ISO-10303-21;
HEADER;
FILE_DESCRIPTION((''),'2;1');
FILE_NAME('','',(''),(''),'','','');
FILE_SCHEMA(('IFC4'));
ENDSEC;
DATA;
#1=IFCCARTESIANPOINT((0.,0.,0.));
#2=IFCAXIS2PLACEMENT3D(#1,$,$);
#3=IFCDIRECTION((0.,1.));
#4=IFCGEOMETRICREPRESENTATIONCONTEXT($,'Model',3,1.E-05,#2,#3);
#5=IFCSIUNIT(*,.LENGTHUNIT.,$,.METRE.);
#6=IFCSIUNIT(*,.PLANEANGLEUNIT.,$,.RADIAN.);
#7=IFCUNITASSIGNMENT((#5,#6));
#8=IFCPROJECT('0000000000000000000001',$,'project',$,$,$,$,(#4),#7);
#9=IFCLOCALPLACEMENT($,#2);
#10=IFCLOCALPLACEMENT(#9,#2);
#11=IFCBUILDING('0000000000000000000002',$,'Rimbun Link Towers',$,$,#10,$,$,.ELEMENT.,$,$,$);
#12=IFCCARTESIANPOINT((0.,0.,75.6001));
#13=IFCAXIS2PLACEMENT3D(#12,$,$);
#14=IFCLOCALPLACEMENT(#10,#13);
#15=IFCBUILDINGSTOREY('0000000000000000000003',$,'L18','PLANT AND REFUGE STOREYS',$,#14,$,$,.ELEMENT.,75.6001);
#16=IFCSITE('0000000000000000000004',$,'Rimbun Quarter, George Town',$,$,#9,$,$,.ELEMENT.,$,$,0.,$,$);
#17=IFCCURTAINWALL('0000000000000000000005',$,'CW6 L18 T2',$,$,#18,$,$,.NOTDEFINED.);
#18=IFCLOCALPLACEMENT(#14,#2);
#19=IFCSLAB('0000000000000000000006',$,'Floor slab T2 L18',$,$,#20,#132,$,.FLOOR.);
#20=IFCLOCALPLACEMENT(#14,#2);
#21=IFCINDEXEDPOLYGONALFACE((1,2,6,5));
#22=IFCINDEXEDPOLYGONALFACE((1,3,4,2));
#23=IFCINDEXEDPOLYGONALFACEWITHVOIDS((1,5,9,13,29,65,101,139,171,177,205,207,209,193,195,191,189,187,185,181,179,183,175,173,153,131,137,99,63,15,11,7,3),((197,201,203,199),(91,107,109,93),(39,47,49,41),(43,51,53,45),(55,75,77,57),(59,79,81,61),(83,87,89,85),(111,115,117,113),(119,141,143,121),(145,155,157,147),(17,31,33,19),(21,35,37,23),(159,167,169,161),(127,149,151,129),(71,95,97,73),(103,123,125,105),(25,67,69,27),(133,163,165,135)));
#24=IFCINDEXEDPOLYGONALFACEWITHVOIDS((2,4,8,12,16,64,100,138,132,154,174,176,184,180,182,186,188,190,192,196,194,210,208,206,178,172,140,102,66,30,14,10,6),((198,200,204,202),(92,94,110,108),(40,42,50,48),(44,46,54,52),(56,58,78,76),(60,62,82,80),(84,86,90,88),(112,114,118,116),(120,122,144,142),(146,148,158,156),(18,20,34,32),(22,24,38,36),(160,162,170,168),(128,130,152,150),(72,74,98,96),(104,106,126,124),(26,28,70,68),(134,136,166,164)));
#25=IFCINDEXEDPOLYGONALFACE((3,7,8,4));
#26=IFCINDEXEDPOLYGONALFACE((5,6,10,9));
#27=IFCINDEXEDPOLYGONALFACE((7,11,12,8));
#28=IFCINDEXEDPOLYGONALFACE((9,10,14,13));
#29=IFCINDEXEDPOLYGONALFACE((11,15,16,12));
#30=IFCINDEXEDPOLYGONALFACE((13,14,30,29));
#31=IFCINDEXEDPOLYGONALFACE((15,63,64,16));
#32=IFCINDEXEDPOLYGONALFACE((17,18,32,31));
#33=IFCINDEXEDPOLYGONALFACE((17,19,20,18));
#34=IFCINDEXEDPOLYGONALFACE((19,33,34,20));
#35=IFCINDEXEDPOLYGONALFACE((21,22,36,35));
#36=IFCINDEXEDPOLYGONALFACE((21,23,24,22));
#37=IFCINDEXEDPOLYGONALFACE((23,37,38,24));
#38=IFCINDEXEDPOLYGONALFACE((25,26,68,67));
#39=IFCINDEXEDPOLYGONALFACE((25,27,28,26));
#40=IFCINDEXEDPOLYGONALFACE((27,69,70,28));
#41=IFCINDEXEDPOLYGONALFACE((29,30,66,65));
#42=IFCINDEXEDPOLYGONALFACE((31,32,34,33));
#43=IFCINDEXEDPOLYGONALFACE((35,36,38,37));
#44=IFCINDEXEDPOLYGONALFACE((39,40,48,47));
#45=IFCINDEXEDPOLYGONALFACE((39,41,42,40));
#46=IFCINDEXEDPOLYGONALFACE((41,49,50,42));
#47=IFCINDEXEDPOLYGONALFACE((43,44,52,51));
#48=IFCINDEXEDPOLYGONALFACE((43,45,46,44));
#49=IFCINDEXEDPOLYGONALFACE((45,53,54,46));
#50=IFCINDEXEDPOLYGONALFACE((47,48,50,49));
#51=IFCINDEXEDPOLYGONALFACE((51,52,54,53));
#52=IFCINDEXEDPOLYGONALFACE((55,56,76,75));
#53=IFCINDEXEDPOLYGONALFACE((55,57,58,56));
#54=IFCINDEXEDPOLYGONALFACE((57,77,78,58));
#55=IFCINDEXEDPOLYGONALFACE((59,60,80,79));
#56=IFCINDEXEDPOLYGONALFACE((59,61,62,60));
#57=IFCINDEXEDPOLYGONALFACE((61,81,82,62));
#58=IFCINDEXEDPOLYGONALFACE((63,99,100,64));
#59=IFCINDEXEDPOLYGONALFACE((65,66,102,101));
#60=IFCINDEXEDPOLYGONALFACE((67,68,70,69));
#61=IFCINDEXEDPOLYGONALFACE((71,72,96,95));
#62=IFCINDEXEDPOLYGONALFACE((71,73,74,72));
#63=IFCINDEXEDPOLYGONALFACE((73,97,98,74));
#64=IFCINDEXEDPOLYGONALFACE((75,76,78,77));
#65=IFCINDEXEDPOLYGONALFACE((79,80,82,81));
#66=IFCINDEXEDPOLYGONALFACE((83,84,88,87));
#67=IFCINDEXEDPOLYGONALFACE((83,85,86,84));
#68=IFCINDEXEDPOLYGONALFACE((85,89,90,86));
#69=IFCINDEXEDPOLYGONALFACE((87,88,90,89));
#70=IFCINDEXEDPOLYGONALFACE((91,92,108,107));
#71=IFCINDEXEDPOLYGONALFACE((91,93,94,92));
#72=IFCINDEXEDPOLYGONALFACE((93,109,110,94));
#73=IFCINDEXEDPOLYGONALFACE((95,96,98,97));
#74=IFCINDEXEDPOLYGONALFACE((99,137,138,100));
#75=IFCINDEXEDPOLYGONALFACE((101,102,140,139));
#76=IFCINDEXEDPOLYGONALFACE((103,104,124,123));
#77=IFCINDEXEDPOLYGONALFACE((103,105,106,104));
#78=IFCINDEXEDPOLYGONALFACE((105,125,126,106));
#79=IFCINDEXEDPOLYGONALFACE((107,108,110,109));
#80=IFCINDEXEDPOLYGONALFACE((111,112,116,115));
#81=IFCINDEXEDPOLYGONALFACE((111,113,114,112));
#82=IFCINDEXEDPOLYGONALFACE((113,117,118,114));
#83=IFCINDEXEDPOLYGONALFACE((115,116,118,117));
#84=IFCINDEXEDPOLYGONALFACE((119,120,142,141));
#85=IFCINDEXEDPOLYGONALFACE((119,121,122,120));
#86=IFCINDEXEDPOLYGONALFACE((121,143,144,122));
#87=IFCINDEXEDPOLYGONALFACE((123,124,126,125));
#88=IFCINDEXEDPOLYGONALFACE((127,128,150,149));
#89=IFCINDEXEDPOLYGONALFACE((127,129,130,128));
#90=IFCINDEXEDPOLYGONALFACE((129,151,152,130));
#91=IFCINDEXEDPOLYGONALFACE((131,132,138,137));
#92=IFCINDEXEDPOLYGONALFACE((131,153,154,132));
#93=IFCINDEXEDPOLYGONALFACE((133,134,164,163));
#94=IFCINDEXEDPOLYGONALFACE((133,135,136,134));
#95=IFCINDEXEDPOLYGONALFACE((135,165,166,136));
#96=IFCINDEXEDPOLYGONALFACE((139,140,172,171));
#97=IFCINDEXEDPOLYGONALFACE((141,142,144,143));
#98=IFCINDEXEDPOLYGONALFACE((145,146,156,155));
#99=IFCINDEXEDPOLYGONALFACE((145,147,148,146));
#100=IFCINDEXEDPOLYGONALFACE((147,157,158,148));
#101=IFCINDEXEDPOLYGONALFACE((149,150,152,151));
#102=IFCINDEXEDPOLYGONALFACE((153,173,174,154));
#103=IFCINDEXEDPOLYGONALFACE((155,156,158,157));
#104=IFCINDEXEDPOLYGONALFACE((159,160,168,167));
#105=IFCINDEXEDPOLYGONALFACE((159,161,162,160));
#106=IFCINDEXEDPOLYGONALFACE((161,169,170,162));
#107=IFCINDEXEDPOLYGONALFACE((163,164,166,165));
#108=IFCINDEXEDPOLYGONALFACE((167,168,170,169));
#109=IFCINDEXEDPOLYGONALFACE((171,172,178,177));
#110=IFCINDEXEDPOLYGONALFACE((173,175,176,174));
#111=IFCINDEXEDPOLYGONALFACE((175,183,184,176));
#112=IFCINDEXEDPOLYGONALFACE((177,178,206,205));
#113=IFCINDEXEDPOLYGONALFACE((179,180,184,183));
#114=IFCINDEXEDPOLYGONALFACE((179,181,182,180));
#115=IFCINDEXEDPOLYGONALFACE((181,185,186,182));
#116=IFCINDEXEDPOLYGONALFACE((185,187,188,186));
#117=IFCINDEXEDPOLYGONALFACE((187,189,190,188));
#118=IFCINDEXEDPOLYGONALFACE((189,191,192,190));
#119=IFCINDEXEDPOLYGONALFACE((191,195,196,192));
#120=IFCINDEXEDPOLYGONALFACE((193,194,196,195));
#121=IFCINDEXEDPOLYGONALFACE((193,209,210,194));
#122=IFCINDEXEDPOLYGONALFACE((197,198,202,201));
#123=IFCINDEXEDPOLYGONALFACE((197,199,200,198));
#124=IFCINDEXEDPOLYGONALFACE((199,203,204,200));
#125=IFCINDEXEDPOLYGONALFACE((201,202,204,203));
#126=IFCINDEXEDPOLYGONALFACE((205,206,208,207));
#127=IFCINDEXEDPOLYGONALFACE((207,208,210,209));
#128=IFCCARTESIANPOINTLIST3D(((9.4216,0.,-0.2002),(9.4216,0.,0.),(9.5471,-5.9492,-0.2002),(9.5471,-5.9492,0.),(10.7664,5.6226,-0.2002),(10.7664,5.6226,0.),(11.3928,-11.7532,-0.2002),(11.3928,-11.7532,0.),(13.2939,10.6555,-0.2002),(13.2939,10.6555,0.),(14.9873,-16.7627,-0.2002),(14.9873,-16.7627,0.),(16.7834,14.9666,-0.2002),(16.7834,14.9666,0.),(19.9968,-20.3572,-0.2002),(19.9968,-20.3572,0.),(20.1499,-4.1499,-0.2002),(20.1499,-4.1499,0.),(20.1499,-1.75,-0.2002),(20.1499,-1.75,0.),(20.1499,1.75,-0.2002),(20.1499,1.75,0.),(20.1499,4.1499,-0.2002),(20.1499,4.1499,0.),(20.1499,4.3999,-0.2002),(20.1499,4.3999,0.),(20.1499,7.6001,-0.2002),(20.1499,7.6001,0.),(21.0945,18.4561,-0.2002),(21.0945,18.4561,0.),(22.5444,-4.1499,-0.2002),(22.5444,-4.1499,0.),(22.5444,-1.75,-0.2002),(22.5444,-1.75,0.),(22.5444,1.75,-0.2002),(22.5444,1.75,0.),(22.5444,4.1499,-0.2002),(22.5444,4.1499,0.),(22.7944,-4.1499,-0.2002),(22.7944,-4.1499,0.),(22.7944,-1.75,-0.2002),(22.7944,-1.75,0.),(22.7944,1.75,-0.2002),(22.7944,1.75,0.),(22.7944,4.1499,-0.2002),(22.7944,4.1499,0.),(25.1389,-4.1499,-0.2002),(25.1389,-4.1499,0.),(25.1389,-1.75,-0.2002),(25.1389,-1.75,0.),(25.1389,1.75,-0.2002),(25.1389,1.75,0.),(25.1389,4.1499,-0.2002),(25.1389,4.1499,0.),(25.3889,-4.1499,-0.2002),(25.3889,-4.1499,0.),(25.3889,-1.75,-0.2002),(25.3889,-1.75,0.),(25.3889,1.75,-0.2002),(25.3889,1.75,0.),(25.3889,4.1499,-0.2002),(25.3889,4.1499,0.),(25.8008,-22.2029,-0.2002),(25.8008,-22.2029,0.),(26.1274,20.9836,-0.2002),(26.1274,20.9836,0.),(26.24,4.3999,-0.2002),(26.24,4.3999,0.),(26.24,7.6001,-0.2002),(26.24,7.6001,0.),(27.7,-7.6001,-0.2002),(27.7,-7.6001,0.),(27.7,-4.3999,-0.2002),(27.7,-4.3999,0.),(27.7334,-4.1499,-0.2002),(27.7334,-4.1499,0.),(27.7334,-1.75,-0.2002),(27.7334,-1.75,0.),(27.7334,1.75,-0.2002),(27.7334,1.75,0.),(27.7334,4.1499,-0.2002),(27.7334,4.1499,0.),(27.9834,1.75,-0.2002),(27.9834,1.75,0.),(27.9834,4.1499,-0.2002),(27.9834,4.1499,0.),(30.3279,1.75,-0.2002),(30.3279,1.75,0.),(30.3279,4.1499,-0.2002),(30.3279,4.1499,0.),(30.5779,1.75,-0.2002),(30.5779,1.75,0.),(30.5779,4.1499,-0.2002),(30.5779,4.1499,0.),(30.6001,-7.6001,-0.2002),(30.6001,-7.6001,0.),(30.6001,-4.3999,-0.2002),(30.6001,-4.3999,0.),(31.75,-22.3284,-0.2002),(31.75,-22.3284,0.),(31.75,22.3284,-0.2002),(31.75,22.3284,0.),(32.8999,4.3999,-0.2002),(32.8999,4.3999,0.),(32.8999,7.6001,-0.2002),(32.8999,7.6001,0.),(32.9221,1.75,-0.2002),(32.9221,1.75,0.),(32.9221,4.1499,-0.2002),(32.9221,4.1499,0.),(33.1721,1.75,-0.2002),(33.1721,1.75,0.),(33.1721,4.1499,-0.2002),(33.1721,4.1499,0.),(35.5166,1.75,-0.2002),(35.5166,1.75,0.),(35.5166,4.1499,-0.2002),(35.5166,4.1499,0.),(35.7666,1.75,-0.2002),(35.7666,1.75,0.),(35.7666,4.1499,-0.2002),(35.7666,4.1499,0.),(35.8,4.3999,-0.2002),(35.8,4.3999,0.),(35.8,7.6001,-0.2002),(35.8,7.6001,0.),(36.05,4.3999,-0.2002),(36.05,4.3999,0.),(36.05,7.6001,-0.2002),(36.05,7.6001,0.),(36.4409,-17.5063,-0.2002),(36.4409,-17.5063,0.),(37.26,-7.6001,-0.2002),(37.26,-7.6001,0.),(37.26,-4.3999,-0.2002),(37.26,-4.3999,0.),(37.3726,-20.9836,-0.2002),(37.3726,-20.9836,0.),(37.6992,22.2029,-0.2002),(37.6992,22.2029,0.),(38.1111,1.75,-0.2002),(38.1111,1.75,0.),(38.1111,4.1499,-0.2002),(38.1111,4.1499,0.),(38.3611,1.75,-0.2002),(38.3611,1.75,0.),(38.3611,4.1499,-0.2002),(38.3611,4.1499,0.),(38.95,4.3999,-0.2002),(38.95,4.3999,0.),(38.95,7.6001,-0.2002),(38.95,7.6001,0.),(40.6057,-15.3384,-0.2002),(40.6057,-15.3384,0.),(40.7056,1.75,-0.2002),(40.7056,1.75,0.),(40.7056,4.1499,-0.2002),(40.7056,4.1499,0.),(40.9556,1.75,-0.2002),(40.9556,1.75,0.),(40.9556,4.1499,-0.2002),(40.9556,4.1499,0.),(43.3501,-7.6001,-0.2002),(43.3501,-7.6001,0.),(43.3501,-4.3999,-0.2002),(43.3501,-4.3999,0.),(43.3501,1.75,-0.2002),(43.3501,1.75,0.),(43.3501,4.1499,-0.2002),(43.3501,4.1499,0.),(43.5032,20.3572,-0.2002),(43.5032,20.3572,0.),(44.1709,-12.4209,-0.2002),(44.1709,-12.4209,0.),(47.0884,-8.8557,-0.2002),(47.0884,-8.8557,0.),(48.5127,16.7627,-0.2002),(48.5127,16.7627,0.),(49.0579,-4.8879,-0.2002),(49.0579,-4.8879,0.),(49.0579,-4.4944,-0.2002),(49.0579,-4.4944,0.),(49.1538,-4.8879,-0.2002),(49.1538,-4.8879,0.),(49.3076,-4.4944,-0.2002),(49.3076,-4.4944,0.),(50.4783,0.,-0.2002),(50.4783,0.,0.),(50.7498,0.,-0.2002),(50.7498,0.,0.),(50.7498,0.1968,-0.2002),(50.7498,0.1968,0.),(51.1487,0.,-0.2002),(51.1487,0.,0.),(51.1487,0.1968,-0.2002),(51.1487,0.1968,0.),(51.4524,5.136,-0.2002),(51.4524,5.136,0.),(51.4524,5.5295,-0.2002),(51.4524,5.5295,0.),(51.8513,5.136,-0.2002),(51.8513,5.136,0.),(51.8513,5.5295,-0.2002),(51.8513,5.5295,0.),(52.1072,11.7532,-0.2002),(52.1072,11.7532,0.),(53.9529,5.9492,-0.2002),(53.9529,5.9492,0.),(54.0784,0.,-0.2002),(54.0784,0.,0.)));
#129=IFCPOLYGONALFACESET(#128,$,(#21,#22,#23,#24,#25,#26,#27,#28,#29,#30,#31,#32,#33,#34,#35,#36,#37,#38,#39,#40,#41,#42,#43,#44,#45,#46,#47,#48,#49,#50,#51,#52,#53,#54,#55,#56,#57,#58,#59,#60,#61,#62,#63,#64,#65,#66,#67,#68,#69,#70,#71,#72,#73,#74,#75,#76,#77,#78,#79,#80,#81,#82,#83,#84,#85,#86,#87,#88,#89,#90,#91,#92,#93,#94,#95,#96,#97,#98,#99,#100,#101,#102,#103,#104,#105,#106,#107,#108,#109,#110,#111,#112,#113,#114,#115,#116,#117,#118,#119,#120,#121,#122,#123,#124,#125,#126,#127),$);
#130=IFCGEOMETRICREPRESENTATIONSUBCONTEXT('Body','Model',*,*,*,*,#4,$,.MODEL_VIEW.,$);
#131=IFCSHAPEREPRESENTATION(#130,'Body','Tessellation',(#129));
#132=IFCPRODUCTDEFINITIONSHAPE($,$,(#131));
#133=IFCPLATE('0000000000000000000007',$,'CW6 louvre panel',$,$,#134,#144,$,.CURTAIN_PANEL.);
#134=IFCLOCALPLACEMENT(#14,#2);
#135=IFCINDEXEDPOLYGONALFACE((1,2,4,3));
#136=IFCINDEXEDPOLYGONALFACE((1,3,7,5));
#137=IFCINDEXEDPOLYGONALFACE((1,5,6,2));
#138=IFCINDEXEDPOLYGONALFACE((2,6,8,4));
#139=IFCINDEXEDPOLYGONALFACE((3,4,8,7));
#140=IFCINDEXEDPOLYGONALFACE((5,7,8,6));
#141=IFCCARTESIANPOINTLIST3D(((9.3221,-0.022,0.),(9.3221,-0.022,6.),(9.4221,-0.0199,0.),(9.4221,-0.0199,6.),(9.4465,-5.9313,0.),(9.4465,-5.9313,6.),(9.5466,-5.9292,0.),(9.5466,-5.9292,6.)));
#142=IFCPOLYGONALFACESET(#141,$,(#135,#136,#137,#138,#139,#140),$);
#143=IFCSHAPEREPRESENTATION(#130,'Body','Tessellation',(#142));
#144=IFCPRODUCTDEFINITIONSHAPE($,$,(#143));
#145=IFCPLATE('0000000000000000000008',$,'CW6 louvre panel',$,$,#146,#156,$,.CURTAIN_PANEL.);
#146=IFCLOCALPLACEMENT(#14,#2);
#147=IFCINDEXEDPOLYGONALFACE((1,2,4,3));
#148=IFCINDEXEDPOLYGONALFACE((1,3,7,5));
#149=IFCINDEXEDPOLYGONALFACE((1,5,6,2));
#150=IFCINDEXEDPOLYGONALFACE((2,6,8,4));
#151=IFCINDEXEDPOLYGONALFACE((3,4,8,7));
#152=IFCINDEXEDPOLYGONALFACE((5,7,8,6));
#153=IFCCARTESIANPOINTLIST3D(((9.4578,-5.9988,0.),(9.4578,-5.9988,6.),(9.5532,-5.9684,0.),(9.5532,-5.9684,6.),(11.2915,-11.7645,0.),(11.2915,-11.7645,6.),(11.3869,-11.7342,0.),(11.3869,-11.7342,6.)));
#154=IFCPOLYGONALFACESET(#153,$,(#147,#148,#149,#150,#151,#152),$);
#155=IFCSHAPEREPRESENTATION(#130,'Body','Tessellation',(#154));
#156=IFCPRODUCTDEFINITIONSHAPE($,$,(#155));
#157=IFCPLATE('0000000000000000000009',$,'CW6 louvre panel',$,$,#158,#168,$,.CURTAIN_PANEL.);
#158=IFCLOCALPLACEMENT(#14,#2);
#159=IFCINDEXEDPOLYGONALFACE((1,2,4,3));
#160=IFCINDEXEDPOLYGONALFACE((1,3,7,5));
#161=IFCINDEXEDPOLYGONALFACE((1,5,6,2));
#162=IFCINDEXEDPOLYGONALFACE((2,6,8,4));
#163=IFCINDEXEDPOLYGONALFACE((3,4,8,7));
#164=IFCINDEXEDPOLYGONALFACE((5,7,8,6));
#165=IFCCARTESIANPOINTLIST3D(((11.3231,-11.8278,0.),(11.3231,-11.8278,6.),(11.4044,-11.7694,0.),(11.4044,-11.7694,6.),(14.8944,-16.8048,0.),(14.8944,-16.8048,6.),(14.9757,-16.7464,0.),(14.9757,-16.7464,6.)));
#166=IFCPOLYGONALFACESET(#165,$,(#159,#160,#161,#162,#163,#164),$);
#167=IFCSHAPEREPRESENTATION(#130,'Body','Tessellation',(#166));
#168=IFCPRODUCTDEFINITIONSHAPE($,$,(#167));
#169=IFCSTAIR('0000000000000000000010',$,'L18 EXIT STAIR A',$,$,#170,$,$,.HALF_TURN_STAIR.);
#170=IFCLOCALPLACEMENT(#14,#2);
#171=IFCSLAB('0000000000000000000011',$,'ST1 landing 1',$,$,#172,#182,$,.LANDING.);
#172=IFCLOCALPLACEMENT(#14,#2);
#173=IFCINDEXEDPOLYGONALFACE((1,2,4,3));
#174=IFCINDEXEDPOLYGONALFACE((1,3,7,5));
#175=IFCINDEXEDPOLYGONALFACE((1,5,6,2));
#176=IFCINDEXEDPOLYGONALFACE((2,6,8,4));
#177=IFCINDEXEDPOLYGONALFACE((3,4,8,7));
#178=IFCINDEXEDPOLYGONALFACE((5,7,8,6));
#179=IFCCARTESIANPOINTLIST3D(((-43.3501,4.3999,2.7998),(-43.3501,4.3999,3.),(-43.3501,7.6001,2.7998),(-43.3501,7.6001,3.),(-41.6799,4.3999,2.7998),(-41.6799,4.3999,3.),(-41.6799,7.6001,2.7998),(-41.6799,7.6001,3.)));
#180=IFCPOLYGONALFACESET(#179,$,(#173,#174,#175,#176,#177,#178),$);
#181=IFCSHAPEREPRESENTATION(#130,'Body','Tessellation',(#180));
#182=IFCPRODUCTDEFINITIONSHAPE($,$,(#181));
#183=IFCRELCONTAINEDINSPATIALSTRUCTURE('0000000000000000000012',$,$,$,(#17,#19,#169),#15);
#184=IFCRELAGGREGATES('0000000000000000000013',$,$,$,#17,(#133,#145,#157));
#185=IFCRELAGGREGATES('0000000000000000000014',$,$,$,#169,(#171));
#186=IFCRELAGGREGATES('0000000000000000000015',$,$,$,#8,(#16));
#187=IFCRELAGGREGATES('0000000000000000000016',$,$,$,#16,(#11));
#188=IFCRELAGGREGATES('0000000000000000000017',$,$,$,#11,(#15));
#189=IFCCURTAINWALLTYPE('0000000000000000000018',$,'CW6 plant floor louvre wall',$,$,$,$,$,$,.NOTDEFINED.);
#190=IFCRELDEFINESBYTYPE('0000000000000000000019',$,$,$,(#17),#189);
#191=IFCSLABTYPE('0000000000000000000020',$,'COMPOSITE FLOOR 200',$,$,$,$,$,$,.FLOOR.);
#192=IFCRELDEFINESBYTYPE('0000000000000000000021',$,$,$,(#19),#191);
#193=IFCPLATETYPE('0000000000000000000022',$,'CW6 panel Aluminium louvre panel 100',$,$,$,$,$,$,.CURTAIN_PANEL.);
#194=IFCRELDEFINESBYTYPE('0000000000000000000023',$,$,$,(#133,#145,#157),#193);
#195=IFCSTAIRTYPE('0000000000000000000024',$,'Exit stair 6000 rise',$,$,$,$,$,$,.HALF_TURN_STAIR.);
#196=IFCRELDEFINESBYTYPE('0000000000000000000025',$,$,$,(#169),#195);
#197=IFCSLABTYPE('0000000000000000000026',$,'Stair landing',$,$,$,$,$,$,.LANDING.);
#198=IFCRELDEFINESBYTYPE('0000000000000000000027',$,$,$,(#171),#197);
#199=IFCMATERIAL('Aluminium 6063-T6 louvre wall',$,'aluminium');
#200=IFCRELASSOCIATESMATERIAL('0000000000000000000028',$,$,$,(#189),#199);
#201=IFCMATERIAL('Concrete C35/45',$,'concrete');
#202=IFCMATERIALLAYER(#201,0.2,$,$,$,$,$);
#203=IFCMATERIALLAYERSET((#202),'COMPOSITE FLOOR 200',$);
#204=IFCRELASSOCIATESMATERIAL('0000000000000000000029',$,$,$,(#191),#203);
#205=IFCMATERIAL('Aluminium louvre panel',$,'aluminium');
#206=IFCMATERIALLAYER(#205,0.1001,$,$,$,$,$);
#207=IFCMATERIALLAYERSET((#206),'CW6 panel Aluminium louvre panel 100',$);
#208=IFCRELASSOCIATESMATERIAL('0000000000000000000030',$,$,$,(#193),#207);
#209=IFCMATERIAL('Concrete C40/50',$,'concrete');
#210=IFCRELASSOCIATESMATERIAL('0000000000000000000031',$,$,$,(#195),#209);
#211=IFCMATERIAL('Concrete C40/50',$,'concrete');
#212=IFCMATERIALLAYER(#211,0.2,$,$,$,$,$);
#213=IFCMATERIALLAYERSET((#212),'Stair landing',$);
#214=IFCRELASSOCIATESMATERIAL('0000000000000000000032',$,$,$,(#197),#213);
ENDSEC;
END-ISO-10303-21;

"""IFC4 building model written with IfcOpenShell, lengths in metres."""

from ifc_helpers import new_model, si_unit, direction, frame, origin, origin_2d, place, context, subcontext, project, spatial, polyline, rectangle, outline, extrude, material, layer, layer_set, type_object, element, aggregate, save


model = new_model("IFC4")

# Units and contexts
model_context = context("Model", 3, precision=1e-05, world=origin(), true_north=direction((0.0, 1.0)))
body_context = subcontext(model_context, "Body", "Model", "MODEL_VIEW")
ifc_project = project(units=[si_unit("LENGTHUNIT", "METRE"), si_unit("PLANEANGLEUNIT", "RADIAN")], contexts=[model_context])

# Site, building, storey
site_placement = place(None, origin())
site = spatial("IfcSite", under=ifc_project, at=site_placement, Name="Rimbun Quarter, George Town", CompositionType="ELEMENT", RefElevation=0.0)
building_placement = place(site_placement, origin())
building = spatial("IfcBuilding", under=site, at=building_placement, Name="Rimbun Link Towers", CompositionType="ELEMENT")
storey_placement = place(building_placement, frame((0.0, 0.0, 75.6001)))
storey = spatial("IfcBuildingStorey", under=building, at=storey_placement, Name="L18", Description="PLANT AND REFUGE STOREYS", CompositionType="ELEMENT", Elevation=75.6001)

# Curtain wall
ifc_material_1 = material(Name="Aluminium 6063-T6 louvre wall", Category="aluminium")
curtain_wall_type = type_object("IfcCurtainWallType", Name="CW6 plant floor louvre wall", PredefinedType="NOTDEFINED", material=ifc_material_1)
curtain_wall_placement = place(storey_placement, origin())
curtain_wall = element("IfcCurtainWall", 1, at=curtain_wall_placement, inside=storey, type_object=curtain_wall_type, Name="CW6 L18 T2", PredefinedType="NOTDEFINED")

# Slab
ifc_material_2 = material(Name="Concrete C35/45", Category="concrete")
ifc_layer_1 = layer(ifc_material_2, 0.2)
ifc_layer_set_1 = layer_set([ifc_layer_1], Name="COMPOSITE FLOOR 200")
slab_type_1 = type_object("IfcSlabType", Name="COMPOSITE FLOOR 200", PredefinedType="FLOOR", material=ifc_layer_set_1)
slab_1_placement = place(storey_placement, frame((0.0, 0.0, -0.2002)))
element("IfcSlab", 2, at=slab_1_placement, inside=storey, type_object=slab_type_1, Name="Floor slab T2 L18", PredefinedType="FLOOR", context=body_context, shape_type="SweptSolid", body=[
    extrude(outline(polyline([(47.0884, -8.8557), (44.1709, -12.4209), (40.6057, -15.3384), (36.4409, -17.5063), (37.3726, -20.9836), (31.75, -22.3284), (25.8008, -22.2029), (19.9968, -20.3572), (14.9873, -16.7627), (11.3928, -11.7532), (9.5471, -5.9492), (9.4216, 0.0), (10.7664, 5.6226), (13.2939, 10.6555), (16.7834, 14.9666), (21.0945, 18.4561), (26.1274, 20.9836), (31.75, 22.3284), (37.6992, 22.2029), (43.5032, 20.3572), (48.5127, 16.7627), (52.1072, 11.7532), (53.9529, 5.9492), (54.0784, 0.0), (51.1487, 0.0), (51.1487, 0.1968), (50.7498, 0.1968), (50.7498, 0.0), (50.4783, 0.0), (49.3076, -4.4944), (49.0579, -4.4944), (49.0579, -4.8879), (49.1538, -4.8879), (47.0884, -8.8557)]), holes=[polyline([(30.6001, -7.6001), (30.6001, -4.3999), (27.7, -4.3999), (27.7, -7.6001), (30.6001, -7.6001)]), polyline([(22.5444, -4.1499), (22.5444, -1.75), (20.1499, -1.75), (20.1499, -4.1499), (22.5444, -4.1499)]), polyline([(25.1389, -4.1499), (25.1389, -1.75), (22.7944, -1.75), (22.7944, -4.1499), (25.1389, -4.1499)]), polyline([(25.3889, -4.1499), (27.7334, -4.1499), (27.7334, -1.75), (25.3889, -1.75), (25.3889, -4.1499)]), polyline([(20.1499, 1.75), (22.5444, 1.75), (22.5444, 4.1499), (20.1499, 4.1499), (20.1499, 1.75)]), polyline([(25.1389, 1.75), (25.1389, 4.1499), (22.7944, 4.1499), (22.7944, 1.75), (25.1389, 1.75)]), polyline([(27.7334, 1.75), (27.7334, 4.1499), (25.3889, 4.1499), (25.3889, 1.75), (27.7334, 1.75)]), polyline([(30.3279, 1.75), (30.3279, 4.1499), (27.9834, 4.1499), (27.9834, 1.75), (30.3279, 1.75)]), polyline([(30.5779, 1.75), (32.9221, 1.75), (32.9221, 4.1499), (30.5779, 4.1499), (30.5779, 1.75)]), polyline([(20.1499, 4.3999), (26.24, 4.3999), (26.24, 7.6001), (20.1499, 7.6001), (20.1499, 4.3999)]), polyline([(43.3501, -7.6001), (43.3501, -4.3999), (37.26, -4.3999), (37.26, -7.6001), (43.3501, -7.6001)]), polyline([(33.1721, 1.75), (35.5166, 1.75), (35.5166, 4.1499), (33.1721, 4.1499), (33.1721, 1.75)]), polyline([(35.7666, 1.75), (38.1111, 1.75), (38.1111, 4.1499), (35.7666, 4.1499), (35.7666, 1.75)]), polyline([(40.7056, 1.75), (40.7056, 4.1499), (38.3611, 4.1499), (38.3611, 1.75), (40.7056, 1.75)]), polyline([(43.3501, 1.75), (43.3501, 4.1499), (40.9556, 4.1499), (40.9556, 1.75), (43.3501, 1.75)]), polyline([(51.8513, 5.136), (51.8513, 5.5295), (51.4524, 5.5295), (51.4524, 5.136), (51.8513, 5.136)]), polyline([(32.8999, 4.3999), (35.8, 4.3999), (35.8, 7.6001), (32.8999, 7.6001), (32.8999, 4.3999)]), polyline([(36.05, 4.3999), (38.95, 4.3999), (38.95, 7.6001), (36.05, 7.6001), (36.05, 4.3999)])]), origin(), (0.0, 0.0, 1.0), 0.2002),
])

# Plates
ifc_material_3 = material(Name="Aluminium louvre panel", Category="aluminium")
ifc_layer_2 = layer(ifc_material_3, 0.1001)
ifc_layer_set_2 = layer_set([ifc_layer_2], Name="CW6 panel Aluminium louvre panel 100")
plate_type = type_object("IfcPlateType", Name="CW6 panel Aluminium louvre panel 100", PredefinedType="CURTAIN_PANEL", material=ifc_layer_set_2)
plate_1_placement = place(storey_placement, frame((9.4343, -2.9756, 0.0), z_axis=(0.0, 0.0, 1.0), x_axis=(-0.021057, 0.999778, 0.0)))
plate_1 = element("IfcPlate", 3, at=plate_1_placement, type_object=plate_type, Name="CW6 louvre panel", PredefinedType="CURTAIN_PANEL", context=body_context, shape_type="SweptSolid", body=[
    extrude(rectangle(XDim=5.9106, YDim=0.1001, at=origin_2d()), origin(), (0.0, 0.0, 1.0), 6.0),
])
plate_2_placement = place(storey_placement, frame((10.4224, -8.8665, 0.0), z_axis=(0.0, 0.0, 1.0), x_axis=(-0.30307, 0.952968, 0.0)))
plate_2 = element("IfcPlate", 4, at=plate_2_placement, type_object=plate_type, Name="CW6 louvre panel", PredefinedType="CURTAIN_PANEL", context=body_context, shape_type="SweptSolid", body=[
    extrude(rectangle(XDim=6.0503, YDim=0.1001, at=origin_2d()), origin(), (0.0, 0.0, 1.0), 6.0),
])
plate_3_placement = place(storey_placement, frame((13.1494, -14.2871, 0.0), z_axis=(0.0, 0.0, 1.0), x_axis=(-0.583004, 0.812469, 0.0)))
plate_3 = element("IfcPlate", 5, at=plate_3_placement, type_object=plate_type, Name="CW6 louvre panel", PredefinedType="CURTAIN_PANEL", context=body_context, shape_type="SweptSolid", body=[
    extrude(rectangle(XDim=6.1257, YDim=0.1001, at=origin_2d()), origin(), (0.0, 0.0, 1.0), 6.0),
])
aggregate(curtain_wall, [plate_1, plate_2, plate_3])

# Stair, slab
ifc_material_4 = material(Name="Concrete C40/50", Category="concrete")
stair_type = type_object("IfcStairType", Name="Exit stair 6000 rise", PredefinedType="HALF_TURN_STAIR", material=ifc_material_4)
stair_1_placement = place(storey_placement, origin())
stair_1 = element("IfcStair", 6, at=stair_1_placement, inside=storey, type_object=stair_type, Name="L18 EXIT STAIR A", PredefinedType="HALF_TURN_STAIR")
ifc_material_5 = material(Name="Concrete C40/50", Category="concrete")
ifc_layer_3 = layer(ifc_material_5, 0.2)
ifc_layer_set_3 = layer_set([ifc_layer_3], Name="Stair landing")
slab_type_2 = type_object("IfcSlabType", Name="Stair landing", PredefinedType="LANDING", material=ifc_layer_set_3)
slab_2_placement = place(storey_placement, frame((0.0, 0.0, 2.7998)))
slab_2 = element("IfcSlab", 7, at=slab_2_placement, type_object=slab_type_2, Name="ST1 landing 1", PredefinedType="LANDING", context=body_context, shape_type="SweptSolid", body=[
    extrude(outline(polyline([(-41.6799, 7.6001), (-43.3501, 7.6001), (-43.3501, 4.3999), (-41.6799, 4.3999), (-41.6799, 7.6001)])), origin(), (0.0, 0.0, 1.0), 0.2002),
])
aggregate(stair_1, [slab_2])

save(model, "model.ifc")
